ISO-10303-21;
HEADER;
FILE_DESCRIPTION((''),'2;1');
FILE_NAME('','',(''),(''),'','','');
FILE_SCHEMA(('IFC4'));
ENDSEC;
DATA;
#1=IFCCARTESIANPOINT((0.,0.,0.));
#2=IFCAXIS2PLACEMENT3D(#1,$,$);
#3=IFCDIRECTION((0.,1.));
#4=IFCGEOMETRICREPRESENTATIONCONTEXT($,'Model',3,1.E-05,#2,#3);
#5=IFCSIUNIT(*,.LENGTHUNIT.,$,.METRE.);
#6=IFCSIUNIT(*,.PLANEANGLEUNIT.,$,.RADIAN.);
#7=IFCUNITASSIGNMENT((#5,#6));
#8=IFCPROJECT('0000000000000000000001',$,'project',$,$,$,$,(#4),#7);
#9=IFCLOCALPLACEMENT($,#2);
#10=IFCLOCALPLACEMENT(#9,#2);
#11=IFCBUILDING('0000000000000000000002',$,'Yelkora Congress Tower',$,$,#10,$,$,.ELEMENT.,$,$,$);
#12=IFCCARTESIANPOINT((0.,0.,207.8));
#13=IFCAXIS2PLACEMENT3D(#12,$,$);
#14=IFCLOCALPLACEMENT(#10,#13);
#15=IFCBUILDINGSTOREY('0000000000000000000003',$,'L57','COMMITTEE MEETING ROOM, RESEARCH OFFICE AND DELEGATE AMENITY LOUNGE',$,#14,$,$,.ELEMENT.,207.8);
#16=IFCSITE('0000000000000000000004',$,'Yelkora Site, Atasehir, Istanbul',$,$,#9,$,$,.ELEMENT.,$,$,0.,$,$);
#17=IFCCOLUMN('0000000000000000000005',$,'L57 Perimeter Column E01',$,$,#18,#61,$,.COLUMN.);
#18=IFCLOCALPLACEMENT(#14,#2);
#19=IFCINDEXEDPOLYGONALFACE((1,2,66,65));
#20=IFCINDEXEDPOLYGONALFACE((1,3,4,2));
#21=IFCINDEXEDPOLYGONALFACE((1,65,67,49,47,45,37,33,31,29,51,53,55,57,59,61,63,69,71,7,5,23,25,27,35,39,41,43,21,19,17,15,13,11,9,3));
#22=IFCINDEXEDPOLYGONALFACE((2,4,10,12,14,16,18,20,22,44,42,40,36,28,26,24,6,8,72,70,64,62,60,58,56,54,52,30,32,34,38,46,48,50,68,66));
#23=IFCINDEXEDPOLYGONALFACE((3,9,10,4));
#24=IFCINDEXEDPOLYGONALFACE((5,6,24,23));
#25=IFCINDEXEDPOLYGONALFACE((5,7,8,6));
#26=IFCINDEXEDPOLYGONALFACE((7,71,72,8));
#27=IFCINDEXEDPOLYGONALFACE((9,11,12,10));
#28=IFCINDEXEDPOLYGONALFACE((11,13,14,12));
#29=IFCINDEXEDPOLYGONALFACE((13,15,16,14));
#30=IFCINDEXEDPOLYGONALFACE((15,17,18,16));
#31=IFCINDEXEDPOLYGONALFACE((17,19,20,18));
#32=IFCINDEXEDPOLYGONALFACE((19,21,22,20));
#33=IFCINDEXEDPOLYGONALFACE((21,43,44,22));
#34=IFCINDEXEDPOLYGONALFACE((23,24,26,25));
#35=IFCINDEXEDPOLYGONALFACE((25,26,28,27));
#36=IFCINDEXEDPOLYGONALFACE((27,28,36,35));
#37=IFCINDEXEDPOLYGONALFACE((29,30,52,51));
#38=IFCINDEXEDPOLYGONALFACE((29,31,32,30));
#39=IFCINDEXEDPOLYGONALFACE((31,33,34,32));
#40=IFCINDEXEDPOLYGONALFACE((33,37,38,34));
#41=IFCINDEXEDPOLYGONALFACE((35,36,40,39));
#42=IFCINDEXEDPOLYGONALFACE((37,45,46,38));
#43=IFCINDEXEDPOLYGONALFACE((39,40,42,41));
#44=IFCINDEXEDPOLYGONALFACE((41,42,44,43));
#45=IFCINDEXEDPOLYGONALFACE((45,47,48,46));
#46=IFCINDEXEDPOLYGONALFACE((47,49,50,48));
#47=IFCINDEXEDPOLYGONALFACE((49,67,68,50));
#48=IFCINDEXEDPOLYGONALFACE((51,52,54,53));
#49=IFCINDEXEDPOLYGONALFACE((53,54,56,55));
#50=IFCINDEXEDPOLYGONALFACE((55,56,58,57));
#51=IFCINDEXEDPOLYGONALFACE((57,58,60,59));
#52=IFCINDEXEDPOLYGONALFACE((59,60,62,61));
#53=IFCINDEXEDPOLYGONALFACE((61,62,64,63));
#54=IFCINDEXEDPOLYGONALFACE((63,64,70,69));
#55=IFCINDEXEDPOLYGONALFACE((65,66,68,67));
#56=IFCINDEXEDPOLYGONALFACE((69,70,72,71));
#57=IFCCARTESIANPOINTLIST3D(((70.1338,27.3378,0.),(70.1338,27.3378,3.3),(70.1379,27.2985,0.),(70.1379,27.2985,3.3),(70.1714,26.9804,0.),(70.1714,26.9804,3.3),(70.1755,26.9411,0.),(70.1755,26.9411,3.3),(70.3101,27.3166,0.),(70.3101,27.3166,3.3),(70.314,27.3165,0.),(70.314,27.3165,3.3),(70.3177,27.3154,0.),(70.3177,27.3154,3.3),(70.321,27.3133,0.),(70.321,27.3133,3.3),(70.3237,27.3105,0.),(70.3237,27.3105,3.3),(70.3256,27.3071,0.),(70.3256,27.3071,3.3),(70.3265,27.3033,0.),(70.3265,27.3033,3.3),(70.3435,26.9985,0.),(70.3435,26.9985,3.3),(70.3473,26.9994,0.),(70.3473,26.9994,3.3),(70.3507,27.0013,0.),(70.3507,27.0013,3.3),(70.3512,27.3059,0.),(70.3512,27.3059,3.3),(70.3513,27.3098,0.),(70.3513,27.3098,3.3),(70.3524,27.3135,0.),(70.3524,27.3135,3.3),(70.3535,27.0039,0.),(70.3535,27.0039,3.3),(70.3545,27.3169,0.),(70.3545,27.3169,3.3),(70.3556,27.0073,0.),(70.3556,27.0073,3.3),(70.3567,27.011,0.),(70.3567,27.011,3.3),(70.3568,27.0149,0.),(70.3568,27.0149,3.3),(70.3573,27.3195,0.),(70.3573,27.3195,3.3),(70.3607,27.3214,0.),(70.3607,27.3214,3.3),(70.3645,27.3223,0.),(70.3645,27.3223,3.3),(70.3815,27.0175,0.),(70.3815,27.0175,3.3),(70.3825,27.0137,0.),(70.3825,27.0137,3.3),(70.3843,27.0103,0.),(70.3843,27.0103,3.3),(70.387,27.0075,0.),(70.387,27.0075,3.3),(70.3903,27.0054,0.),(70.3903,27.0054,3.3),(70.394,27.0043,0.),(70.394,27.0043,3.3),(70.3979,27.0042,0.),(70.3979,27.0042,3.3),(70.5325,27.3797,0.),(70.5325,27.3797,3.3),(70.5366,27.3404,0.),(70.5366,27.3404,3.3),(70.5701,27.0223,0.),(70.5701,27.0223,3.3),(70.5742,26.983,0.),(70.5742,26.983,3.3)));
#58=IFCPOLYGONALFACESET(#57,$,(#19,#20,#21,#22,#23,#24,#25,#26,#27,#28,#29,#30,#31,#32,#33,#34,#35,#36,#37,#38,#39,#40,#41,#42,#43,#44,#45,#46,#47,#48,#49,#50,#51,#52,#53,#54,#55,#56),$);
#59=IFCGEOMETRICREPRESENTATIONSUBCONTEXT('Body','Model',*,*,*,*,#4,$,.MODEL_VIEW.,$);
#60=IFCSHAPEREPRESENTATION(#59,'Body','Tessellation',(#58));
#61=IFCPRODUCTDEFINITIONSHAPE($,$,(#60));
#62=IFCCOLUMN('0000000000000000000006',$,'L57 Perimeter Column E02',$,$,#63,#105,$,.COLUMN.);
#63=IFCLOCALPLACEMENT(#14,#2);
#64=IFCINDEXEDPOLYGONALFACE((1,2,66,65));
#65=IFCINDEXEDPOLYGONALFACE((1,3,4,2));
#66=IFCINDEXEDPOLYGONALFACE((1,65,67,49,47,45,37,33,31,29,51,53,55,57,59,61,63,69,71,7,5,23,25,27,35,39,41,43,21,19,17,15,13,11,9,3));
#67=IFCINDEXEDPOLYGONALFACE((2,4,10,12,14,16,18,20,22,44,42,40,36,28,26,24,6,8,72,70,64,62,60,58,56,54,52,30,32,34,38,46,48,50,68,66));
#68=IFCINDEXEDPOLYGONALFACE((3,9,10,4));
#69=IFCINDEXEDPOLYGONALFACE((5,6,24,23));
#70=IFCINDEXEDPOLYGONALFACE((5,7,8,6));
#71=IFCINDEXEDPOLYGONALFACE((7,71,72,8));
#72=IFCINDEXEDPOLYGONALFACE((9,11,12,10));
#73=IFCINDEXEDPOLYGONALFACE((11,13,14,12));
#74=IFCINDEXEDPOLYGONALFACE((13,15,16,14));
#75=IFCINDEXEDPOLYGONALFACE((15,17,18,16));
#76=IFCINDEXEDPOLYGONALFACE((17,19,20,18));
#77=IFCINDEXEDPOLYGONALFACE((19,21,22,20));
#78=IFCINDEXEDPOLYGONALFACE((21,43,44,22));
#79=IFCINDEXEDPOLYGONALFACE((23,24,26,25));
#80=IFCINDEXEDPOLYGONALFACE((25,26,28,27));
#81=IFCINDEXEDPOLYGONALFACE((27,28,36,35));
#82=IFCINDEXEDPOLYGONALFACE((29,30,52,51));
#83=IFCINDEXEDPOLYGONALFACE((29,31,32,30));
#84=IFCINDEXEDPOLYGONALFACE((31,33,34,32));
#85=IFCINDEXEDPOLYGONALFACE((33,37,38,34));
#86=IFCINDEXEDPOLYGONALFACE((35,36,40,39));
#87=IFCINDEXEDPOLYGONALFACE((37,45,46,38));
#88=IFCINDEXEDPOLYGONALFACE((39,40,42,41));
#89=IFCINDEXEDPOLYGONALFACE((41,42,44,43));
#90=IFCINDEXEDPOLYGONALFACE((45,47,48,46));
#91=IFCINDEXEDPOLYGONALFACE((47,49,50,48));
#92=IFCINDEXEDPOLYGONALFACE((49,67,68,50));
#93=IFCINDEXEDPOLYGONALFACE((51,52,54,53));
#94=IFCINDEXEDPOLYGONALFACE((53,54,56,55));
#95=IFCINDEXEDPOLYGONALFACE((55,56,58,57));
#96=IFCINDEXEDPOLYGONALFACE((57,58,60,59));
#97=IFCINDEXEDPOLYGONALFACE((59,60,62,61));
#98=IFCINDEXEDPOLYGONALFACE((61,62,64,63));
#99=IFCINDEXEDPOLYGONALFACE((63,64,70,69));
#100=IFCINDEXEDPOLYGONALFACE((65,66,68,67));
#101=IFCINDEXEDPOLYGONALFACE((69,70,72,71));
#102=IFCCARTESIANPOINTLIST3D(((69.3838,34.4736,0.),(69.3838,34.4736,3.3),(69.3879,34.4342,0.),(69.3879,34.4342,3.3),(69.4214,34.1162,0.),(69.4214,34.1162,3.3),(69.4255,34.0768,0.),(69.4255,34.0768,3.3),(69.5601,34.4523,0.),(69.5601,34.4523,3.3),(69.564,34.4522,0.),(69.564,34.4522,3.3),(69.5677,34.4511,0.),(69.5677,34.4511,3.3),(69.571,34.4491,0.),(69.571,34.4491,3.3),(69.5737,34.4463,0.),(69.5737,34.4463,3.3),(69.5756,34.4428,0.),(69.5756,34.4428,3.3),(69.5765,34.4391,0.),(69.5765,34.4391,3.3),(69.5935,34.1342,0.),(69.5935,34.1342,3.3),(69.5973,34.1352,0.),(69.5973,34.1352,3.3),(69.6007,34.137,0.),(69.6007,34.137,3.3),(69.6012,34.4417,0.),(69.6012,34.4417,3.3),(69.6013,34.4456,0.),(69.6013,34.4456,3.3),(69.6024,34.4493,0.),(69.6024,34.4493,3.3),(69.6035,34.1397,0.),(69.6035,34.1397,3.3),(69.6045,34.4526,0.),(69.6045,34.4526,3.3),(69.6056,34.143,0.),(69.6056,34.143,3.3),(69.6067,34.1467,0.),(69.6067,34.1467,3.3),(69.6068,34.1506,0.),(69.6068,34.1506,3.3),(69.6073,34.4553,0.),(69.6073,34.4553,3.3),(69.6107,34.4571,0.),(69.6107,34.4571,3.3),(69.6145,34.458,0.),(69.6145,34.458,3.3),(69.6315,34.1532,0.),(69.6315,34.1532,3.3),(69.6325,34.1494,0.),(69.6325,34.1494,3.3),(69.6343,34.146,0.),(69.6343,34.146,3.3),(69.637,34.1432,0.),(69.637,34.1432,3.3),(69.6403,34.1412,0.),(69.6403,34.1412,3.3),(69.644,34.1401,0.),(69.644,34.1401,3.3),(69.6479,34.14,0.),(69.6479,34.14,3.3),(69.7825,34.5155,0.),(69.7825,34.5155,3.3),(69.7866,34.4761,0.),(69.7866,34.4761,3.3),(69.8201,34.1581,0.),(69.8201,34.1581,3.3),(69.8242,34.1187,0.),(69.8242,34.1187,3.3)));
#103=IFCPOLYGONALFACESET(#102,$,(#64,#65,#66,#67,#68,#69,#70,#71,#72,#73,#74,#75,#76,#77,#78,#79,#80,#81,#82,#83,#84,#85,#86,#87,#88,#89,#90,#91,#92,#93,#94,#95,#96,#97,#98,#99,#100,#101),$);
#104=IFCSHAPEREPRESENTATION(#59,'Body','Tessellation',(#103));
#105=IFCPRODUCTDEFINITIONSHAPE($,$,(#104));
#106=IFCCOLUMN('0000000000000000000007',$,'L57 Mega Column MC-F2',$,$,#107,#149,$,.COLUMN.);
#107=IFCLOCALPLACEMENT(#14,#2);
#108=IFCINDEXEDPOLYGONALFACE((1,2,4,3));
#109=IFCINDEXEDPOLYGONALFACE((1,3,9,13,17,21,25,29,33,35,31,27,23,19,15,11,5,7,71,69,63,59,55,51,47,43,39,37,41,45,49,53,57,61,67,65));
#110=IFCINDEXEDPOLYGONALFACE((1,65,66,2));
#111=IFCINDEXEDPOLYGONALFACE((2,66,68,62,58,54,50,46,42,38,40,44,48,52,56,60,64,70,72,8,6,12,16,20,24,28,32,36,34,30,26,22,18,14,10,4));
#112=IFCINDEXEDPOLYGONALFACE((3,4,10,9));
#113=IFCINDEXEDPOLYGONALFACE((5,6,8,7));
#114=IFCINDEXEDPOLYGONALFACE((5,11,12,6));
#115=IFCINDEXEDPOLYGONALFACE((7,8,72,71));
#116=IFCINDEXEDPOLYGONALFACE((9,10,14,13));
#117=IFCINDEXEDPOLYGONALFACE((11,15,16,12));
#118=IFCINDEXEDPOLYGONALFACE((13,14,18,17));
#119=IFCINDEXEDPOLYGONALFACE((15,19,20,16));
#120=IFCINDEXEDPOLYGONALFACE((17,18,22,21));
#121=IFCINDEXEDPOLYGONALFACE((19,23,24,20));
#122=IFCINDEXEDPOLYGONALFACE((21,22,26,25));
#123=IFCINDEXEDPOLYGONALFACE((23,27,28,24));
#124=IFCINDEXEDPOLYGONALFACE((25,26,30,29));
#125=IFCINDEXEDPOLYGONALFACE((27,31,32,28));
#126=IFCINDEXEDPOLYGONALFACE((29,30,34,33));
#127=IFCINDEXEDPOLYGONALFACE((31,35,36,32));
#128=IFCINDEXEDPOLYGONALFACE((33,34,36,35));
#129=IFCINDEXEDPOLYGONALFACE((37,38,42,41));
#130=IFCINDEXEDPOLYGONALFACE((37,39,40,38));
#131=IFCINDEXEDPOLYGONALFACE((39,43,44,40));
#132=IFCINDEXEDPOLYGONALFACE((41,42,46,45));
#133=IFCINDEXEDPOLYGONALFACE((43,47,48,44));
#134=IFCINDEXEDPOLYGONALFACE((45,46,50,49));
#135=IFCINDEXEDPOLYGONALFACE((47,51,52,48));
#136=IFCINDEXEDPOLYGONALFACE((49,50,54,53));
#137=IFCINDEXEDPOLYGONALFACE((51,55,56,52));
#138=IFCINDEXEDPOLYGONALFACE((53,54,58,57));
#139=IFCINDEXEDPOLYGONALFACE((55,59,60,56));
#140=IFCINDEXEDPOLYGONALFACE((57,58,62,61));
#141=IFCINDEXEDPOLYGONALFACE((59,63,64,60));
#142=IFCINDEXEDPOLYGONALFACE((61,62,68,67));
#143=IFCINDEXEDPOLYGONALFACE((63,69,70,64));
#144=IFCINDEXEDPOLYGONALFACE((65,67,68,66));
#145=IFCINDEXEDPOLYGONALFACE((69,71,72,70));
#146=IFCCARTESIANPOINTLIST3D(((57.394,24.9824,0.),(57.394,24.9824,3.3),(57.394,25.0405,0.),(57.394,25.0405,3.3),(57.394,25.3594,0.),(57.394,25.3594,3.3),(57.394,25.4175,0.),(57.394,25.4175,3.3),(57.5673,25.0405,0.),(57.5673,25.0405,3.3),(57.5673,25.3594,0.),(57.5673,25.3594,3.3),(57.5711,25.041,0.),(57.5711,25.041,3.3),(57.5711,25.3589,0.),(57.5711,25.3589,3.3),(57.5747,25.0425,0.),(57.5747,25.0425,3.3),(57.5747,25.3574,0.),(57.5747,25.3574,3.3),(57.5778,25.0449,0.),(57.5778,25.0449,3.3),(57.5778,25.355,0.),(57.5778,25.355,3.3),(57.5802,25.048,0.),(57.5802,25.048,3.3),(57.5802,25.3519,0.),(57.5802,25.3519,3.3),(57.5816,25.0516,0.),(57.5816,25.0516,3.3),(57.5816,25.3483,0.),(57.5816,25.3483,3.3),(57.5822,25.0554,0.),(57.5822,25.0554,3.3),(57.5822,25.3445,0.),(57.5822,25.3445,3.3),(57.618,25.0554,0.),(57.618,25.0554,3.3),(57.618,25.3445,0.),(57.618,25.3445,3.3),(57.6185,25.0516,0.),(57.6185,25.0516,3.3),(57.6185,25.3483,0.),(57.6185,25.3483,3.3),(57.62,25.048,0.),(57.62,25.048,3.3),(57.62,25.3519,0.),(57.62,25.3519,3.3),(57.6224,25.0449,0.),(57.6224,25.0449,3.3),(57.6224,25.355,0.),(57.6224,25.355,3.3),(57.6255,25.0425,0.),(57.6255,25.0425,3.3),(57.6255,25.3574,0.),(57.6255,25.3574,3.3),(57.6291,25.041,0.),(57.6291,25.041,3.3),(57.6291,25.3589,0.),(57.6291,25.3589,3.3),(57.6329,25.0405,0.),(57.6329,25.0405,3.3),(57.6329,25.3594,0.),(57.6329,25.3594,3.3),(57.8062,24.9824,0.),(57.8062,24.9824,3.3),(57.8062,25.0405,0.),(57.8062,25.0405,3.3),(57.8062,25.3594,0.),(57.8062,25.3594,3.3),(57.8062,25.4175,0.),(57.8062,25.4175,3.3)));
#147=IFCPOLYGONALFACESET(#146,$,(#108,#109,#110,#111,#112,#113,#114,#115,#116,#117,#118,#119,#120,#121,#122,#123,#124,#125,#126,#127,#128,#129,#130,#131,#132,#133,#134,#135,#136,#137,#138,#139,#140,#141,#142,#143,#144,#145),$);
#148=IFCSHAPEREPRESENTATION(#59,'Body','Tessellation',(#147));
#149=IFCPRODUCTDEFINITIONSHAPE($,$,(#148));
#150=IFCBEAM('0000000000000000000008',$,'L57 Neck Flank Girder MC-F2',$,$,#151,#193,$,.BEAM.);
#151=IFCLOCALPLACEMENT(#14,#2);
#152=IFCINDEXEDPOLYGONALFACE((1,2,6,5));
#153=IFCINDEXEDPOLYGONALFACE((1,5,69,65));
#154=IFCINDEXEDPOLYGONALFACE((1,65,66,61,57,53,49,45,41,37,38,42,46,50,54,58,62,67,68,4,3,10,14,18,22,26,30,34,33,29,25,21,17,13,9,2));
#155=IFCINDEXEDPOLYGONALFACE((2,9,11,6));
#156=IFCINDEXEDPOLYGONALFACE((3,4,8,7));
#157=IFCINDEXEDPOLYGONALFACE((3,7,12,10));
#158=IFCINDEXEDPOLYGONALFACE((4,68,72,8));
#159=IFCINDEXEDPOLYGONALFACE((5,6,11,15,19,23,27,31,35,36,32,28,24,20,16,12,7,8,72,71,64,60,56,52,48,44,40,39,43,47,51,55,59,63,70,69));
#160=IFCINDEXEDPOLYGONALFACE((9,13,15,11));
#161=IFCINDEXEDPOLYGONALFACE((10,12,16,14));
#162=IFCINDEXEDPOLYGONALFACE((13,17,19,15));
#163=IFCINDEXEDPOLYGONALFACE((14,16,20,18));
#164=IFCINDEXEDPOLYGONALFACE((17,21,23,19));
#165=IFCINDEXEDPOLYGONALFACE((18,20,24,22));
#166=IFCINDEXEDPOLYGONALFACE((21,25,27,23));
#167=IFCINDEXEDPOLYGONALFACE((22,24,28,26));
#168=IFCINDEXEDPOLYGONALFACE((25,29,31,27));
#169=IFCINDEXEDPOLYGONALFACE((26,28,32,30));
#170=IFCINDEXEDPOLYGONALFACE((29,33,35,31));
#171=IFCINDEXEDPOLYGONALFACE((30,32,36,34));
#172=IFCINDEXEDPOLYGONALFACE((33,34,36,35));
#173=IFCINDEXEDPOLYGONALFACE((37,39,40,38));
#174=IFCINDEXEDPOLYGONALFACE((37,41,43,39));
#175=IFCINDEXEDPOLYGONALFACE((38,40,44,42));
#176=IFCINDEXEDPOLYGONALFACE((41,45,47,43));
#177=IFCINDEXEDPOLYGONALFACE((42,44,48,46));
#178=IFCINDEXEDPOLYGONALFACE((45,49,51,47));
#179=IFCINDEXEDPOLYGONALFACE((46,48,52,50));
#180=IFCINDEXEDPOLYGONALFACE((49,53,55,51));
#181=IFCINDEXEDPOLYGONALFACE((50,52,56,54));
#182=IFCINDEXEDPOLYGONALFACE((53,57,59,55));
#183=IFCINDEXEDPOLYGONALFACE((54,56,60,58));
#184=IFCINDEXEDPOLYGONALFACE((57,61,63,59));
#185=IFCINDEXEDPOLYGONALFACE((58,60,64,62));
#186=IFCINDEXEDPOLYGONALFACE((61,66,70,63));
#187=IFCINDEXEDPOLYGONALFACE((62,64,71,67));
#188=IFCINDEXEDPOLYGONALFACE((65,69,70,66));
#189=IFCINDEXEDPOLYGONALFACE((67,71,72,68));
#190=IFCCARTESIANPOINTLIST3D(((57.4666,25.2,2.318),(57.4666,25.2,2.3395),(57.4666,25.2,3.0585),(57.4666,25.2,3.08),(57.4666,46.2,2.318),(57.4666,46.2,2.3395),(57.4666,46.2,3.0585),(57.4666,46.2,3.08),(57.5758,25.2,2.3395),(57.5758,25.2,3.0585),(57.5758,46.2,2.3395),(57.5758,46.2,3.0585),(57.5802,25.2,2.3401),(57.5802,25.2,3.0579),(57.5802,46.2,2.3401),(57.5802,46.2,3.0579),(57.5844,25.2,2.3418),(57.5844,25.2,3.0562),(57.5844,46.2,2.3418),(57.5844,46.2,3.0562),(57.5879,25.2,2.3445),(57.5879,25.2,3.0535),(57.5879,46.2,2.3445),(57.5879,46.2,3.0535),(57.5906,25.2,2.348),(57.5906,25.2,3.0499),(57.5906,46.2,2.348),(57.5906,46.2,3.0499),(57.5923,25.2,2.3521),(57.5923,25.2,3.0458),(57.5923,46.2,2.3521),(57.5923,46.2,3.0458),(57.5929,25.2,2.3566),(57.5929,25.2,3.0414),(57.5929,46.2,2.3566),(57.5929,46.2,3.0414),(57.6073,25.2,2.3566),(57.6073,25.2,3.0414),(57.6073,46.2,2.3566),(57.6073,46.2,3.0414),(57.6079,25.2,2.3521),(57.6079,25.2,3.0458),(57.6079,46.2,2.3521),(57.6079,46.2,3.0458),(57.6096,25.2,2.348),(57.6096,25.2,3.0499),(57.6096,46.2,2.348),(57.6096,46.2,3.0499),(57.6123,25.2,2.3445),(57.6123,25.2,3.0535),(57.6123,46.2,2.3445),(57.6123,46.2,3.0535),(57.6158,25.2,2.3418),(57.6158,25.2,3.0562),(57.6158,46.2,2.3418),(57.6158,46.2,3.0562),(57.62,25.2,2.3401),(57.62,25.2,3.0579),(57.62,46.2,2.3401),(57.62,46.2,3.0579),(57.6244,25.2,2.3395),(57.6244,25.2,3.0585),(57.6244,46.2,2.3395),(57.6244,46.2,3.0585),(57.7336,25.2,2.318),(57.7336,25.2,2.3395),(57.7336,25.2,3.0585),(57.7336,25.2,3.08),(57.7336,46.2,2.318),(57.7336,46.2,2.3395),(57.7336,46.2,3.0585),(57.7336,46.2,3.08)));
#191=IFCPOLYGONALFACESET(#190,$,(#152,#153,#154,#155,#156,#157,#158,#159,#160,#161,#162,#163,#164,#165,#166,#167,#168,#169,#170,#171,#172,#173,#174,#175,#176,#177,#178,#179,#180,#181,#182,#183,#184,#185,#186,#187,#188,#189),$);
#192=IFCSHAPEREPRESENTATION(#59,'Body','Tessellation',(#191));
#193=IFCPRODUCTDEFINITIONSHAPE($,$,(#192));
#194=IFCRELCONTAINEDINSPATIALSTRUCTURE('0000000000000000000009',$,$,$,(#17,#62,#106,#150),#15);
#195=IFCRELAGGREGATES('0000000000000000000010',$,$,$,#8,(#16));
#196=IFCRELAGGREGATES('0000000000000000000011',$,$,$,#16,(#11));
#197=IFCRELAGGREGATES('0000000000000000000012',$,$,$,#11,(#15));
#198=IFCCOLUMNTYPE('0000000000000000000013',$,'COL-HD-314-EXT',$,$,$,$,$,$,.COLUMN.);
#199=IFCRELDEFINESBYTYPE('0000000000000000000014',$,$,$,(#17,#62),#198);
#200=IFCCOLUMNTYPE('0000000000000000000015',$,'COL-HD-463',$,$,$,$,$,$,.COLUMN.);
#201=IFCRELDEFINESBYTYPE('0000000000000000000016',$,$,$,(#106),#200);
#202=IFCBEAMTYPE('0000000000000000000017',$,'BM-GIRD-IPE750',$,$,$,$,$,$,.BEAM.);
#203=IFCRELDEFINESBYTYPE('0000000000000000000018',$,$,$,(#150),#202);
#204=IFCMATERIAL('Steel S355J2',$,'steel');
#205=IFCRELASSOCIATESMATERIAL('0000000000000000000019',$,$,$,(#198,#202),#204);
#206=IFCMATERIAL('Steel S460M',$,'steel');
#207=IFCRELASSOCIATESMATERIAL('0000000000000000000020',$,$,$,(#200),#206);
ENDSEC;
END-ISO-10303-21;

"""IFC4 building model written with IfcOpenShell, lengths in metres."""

from ifc_helpers import new_model, si_unit, direction, frame, origin, origin_2d, place, context, subcontext, project, spatial, i_section, extrude, material, material_profile, profile_set, type_object, element, save


model = new_model("IFC4")

# Units and contexts
model_context = context("Model", 3, precision=1e-05, world=origin(), true_north=direction((0.0, 1.0)))
body_context = subcontext(model_context, "Body", "Model", "MODEL_VIEW")
ifc_project = project(units=[si_unit("LENGTHUNIT", "METRE"), si_unit("PLANEANGLEUNIT", "RADIAN")], contexts=[model_context])

# Site, building, storey
site_placement = place(None, origin())
site = spatial("IfcSite", under=ifc_project, at=site_placement, Name="Yelkora Site, Atasehir, Istanbul", CompositionType="ELEMENT", RefElevation=0.0)
building_placement = place(site_placement, origin())
building = spatial("IfcBuilding", under=site, at=building_placement, Name="Yelkora Congress Tower", CompositionType="ELEMENT")
storey_placement = place(building_placement, frame((0.0, 0.0, 207.8)))
storey = spatial("IfcBuildingStorey", under=building, at=storey_placement, Name="L57", Description="COMMITTEE MEETING ROOM, RESEARCH OFFICE AND DELEGATE AMENITY LOUNGE", CompositionType="ELEMENT", Elevation=207.8)

# Columns
ifc_material_1 = material(Name="Steel S355J2", Category="steel")
ifc_material_profile_1 = material_profile(ifc_material_1, i_section(OverallWidth=0.4009, OverallDepth=0.3989, WebThickness=0.0249, FlangeThickness=0.0396, FilletRadius=0.0149, at=origin_2d()), Name="HD 400x314")
ifc_profile_set_1 = profile_set([ifc_material_profile_1], Name="Steel S355J2")
column_type_1 = type_object("IfcColumnType", Name="COL-HD-314-EXT", PredefinedType="COLUMN", material=ifc_profile_set_1)
for number, where, z_axis, x_axis, name in (
    (1, (70.354, 27.1604, 0.0), (0.0, 0.0, 1.0), (0.994522, 0.104528, 0.0), "L57 Perimeter Column E01"),
    (2, (69.604, 34.2961, 0.0), (0.0, 0.0, 1.0), (0.994522, 0.104528, 0.0), "L57 Perimeter Column E02"),
):
    element("IfcColumn", number, at=place(storey_placement, frame(where, z_axis=z_axis, x_axis=x_axis)), inside=storey, type_object=column_type_1, Name=name, PredefinedType="COLUMN", context=body_context, shape_type="SweptSolid", body=[
        extrude(i_section(OverallWidth=0.4009, OverallDepth=0.3989, WebThickness=0.0249, FlangeThickness=0.0396, FilletRadius=0.0149, at=origin_2d()), origin(), (0.0, 0.0, 1.0), 3.3),
    ])
ifc_material_2 = material(Name="Steel S460M", Category="steel")
ifc_material_profile_2 = material_profile(ifc_material_2, i_section(OverallWidth=0.4121, OverallDepth=0.4351, WebThickness=0.0359, FlangeThickness=0.0581, FilletRadius=0.0149, at=origin_2d()), Name="HD 400x463")
ifc_profile_set_2 = profile_set([ifc_material_profile_2], Name="Steel S460M")
column_type_2 = type_object("IfcColumnType", Name="COL-HD-463", PredefinedType="COLUMN", material=ifc_profile_set_2)
column_placement = place(storey_placement, frame((57.6001, 25.2, 0.0), z_axis=(0.0, 0.0, 1.0), x_axis=(1.0, 0.0, 0.0)))
element("IfcColumn", 3, at=column_placement, inside=storey, type_object=column_type_2, Name="L57 Mega Column MC-F2", PredefinedType="COLUMN", context=body_context, shape_type="SweptSolid", body=[
    extrude(i_section(OverallWidth=0.4121, OverallDepth=0.4351, WebThickness=0.0359, FlangeThickness=0.0581, FilletRadius=0.0149, at=origin_2d()), origin(), (0.0, 0.0, 1.0), 3.3),
])

# Beam
ifc_material_profile_3 = material_profile(ifc_material_1, i_section(OverallWidth=0.2671, OverallDepth=0.762, WebThickness=0.0144, FlangeThickness=0.0215, FilletRadius=0.0171, at=origin_2d()), Name="IPE 750x173")
ifc_profile_set_3 = profile_set([ifc_material_profile_3], Name="Steel S355J2")
beam_type_1 = type_object("IfcBeamType", Name="BM-GIRD-IPE750", PredefinedType="BEAM", material=ifc_profile_set_3)
beam_1_placement = place(storey_placement, frame((57.6001, 25.2, 2.699), z_axis=(0.0, 1.0, 0.0), x_axis=(-1.0, 0.0, 0.0)))
element("IfcBeam", 4, at=beam_1_placement, inside=storey, type_object=beam_type_1, Name="L57 Neck Flank Girder MC-F2", PredefinedType="BEAM", context=body_context, shape_type="SweptSolid", body=[
    extrude(i_section(OverallWidth=0.2671, OverallDepth=0.762, WebThickness=0.0144, FlangeThickness=0.0215, FilletRadius=0.0171, at=origin_2d()), origin(), (0.0, 0.0, 1.0), 21.0),
])

save(model, "model.ifc")
